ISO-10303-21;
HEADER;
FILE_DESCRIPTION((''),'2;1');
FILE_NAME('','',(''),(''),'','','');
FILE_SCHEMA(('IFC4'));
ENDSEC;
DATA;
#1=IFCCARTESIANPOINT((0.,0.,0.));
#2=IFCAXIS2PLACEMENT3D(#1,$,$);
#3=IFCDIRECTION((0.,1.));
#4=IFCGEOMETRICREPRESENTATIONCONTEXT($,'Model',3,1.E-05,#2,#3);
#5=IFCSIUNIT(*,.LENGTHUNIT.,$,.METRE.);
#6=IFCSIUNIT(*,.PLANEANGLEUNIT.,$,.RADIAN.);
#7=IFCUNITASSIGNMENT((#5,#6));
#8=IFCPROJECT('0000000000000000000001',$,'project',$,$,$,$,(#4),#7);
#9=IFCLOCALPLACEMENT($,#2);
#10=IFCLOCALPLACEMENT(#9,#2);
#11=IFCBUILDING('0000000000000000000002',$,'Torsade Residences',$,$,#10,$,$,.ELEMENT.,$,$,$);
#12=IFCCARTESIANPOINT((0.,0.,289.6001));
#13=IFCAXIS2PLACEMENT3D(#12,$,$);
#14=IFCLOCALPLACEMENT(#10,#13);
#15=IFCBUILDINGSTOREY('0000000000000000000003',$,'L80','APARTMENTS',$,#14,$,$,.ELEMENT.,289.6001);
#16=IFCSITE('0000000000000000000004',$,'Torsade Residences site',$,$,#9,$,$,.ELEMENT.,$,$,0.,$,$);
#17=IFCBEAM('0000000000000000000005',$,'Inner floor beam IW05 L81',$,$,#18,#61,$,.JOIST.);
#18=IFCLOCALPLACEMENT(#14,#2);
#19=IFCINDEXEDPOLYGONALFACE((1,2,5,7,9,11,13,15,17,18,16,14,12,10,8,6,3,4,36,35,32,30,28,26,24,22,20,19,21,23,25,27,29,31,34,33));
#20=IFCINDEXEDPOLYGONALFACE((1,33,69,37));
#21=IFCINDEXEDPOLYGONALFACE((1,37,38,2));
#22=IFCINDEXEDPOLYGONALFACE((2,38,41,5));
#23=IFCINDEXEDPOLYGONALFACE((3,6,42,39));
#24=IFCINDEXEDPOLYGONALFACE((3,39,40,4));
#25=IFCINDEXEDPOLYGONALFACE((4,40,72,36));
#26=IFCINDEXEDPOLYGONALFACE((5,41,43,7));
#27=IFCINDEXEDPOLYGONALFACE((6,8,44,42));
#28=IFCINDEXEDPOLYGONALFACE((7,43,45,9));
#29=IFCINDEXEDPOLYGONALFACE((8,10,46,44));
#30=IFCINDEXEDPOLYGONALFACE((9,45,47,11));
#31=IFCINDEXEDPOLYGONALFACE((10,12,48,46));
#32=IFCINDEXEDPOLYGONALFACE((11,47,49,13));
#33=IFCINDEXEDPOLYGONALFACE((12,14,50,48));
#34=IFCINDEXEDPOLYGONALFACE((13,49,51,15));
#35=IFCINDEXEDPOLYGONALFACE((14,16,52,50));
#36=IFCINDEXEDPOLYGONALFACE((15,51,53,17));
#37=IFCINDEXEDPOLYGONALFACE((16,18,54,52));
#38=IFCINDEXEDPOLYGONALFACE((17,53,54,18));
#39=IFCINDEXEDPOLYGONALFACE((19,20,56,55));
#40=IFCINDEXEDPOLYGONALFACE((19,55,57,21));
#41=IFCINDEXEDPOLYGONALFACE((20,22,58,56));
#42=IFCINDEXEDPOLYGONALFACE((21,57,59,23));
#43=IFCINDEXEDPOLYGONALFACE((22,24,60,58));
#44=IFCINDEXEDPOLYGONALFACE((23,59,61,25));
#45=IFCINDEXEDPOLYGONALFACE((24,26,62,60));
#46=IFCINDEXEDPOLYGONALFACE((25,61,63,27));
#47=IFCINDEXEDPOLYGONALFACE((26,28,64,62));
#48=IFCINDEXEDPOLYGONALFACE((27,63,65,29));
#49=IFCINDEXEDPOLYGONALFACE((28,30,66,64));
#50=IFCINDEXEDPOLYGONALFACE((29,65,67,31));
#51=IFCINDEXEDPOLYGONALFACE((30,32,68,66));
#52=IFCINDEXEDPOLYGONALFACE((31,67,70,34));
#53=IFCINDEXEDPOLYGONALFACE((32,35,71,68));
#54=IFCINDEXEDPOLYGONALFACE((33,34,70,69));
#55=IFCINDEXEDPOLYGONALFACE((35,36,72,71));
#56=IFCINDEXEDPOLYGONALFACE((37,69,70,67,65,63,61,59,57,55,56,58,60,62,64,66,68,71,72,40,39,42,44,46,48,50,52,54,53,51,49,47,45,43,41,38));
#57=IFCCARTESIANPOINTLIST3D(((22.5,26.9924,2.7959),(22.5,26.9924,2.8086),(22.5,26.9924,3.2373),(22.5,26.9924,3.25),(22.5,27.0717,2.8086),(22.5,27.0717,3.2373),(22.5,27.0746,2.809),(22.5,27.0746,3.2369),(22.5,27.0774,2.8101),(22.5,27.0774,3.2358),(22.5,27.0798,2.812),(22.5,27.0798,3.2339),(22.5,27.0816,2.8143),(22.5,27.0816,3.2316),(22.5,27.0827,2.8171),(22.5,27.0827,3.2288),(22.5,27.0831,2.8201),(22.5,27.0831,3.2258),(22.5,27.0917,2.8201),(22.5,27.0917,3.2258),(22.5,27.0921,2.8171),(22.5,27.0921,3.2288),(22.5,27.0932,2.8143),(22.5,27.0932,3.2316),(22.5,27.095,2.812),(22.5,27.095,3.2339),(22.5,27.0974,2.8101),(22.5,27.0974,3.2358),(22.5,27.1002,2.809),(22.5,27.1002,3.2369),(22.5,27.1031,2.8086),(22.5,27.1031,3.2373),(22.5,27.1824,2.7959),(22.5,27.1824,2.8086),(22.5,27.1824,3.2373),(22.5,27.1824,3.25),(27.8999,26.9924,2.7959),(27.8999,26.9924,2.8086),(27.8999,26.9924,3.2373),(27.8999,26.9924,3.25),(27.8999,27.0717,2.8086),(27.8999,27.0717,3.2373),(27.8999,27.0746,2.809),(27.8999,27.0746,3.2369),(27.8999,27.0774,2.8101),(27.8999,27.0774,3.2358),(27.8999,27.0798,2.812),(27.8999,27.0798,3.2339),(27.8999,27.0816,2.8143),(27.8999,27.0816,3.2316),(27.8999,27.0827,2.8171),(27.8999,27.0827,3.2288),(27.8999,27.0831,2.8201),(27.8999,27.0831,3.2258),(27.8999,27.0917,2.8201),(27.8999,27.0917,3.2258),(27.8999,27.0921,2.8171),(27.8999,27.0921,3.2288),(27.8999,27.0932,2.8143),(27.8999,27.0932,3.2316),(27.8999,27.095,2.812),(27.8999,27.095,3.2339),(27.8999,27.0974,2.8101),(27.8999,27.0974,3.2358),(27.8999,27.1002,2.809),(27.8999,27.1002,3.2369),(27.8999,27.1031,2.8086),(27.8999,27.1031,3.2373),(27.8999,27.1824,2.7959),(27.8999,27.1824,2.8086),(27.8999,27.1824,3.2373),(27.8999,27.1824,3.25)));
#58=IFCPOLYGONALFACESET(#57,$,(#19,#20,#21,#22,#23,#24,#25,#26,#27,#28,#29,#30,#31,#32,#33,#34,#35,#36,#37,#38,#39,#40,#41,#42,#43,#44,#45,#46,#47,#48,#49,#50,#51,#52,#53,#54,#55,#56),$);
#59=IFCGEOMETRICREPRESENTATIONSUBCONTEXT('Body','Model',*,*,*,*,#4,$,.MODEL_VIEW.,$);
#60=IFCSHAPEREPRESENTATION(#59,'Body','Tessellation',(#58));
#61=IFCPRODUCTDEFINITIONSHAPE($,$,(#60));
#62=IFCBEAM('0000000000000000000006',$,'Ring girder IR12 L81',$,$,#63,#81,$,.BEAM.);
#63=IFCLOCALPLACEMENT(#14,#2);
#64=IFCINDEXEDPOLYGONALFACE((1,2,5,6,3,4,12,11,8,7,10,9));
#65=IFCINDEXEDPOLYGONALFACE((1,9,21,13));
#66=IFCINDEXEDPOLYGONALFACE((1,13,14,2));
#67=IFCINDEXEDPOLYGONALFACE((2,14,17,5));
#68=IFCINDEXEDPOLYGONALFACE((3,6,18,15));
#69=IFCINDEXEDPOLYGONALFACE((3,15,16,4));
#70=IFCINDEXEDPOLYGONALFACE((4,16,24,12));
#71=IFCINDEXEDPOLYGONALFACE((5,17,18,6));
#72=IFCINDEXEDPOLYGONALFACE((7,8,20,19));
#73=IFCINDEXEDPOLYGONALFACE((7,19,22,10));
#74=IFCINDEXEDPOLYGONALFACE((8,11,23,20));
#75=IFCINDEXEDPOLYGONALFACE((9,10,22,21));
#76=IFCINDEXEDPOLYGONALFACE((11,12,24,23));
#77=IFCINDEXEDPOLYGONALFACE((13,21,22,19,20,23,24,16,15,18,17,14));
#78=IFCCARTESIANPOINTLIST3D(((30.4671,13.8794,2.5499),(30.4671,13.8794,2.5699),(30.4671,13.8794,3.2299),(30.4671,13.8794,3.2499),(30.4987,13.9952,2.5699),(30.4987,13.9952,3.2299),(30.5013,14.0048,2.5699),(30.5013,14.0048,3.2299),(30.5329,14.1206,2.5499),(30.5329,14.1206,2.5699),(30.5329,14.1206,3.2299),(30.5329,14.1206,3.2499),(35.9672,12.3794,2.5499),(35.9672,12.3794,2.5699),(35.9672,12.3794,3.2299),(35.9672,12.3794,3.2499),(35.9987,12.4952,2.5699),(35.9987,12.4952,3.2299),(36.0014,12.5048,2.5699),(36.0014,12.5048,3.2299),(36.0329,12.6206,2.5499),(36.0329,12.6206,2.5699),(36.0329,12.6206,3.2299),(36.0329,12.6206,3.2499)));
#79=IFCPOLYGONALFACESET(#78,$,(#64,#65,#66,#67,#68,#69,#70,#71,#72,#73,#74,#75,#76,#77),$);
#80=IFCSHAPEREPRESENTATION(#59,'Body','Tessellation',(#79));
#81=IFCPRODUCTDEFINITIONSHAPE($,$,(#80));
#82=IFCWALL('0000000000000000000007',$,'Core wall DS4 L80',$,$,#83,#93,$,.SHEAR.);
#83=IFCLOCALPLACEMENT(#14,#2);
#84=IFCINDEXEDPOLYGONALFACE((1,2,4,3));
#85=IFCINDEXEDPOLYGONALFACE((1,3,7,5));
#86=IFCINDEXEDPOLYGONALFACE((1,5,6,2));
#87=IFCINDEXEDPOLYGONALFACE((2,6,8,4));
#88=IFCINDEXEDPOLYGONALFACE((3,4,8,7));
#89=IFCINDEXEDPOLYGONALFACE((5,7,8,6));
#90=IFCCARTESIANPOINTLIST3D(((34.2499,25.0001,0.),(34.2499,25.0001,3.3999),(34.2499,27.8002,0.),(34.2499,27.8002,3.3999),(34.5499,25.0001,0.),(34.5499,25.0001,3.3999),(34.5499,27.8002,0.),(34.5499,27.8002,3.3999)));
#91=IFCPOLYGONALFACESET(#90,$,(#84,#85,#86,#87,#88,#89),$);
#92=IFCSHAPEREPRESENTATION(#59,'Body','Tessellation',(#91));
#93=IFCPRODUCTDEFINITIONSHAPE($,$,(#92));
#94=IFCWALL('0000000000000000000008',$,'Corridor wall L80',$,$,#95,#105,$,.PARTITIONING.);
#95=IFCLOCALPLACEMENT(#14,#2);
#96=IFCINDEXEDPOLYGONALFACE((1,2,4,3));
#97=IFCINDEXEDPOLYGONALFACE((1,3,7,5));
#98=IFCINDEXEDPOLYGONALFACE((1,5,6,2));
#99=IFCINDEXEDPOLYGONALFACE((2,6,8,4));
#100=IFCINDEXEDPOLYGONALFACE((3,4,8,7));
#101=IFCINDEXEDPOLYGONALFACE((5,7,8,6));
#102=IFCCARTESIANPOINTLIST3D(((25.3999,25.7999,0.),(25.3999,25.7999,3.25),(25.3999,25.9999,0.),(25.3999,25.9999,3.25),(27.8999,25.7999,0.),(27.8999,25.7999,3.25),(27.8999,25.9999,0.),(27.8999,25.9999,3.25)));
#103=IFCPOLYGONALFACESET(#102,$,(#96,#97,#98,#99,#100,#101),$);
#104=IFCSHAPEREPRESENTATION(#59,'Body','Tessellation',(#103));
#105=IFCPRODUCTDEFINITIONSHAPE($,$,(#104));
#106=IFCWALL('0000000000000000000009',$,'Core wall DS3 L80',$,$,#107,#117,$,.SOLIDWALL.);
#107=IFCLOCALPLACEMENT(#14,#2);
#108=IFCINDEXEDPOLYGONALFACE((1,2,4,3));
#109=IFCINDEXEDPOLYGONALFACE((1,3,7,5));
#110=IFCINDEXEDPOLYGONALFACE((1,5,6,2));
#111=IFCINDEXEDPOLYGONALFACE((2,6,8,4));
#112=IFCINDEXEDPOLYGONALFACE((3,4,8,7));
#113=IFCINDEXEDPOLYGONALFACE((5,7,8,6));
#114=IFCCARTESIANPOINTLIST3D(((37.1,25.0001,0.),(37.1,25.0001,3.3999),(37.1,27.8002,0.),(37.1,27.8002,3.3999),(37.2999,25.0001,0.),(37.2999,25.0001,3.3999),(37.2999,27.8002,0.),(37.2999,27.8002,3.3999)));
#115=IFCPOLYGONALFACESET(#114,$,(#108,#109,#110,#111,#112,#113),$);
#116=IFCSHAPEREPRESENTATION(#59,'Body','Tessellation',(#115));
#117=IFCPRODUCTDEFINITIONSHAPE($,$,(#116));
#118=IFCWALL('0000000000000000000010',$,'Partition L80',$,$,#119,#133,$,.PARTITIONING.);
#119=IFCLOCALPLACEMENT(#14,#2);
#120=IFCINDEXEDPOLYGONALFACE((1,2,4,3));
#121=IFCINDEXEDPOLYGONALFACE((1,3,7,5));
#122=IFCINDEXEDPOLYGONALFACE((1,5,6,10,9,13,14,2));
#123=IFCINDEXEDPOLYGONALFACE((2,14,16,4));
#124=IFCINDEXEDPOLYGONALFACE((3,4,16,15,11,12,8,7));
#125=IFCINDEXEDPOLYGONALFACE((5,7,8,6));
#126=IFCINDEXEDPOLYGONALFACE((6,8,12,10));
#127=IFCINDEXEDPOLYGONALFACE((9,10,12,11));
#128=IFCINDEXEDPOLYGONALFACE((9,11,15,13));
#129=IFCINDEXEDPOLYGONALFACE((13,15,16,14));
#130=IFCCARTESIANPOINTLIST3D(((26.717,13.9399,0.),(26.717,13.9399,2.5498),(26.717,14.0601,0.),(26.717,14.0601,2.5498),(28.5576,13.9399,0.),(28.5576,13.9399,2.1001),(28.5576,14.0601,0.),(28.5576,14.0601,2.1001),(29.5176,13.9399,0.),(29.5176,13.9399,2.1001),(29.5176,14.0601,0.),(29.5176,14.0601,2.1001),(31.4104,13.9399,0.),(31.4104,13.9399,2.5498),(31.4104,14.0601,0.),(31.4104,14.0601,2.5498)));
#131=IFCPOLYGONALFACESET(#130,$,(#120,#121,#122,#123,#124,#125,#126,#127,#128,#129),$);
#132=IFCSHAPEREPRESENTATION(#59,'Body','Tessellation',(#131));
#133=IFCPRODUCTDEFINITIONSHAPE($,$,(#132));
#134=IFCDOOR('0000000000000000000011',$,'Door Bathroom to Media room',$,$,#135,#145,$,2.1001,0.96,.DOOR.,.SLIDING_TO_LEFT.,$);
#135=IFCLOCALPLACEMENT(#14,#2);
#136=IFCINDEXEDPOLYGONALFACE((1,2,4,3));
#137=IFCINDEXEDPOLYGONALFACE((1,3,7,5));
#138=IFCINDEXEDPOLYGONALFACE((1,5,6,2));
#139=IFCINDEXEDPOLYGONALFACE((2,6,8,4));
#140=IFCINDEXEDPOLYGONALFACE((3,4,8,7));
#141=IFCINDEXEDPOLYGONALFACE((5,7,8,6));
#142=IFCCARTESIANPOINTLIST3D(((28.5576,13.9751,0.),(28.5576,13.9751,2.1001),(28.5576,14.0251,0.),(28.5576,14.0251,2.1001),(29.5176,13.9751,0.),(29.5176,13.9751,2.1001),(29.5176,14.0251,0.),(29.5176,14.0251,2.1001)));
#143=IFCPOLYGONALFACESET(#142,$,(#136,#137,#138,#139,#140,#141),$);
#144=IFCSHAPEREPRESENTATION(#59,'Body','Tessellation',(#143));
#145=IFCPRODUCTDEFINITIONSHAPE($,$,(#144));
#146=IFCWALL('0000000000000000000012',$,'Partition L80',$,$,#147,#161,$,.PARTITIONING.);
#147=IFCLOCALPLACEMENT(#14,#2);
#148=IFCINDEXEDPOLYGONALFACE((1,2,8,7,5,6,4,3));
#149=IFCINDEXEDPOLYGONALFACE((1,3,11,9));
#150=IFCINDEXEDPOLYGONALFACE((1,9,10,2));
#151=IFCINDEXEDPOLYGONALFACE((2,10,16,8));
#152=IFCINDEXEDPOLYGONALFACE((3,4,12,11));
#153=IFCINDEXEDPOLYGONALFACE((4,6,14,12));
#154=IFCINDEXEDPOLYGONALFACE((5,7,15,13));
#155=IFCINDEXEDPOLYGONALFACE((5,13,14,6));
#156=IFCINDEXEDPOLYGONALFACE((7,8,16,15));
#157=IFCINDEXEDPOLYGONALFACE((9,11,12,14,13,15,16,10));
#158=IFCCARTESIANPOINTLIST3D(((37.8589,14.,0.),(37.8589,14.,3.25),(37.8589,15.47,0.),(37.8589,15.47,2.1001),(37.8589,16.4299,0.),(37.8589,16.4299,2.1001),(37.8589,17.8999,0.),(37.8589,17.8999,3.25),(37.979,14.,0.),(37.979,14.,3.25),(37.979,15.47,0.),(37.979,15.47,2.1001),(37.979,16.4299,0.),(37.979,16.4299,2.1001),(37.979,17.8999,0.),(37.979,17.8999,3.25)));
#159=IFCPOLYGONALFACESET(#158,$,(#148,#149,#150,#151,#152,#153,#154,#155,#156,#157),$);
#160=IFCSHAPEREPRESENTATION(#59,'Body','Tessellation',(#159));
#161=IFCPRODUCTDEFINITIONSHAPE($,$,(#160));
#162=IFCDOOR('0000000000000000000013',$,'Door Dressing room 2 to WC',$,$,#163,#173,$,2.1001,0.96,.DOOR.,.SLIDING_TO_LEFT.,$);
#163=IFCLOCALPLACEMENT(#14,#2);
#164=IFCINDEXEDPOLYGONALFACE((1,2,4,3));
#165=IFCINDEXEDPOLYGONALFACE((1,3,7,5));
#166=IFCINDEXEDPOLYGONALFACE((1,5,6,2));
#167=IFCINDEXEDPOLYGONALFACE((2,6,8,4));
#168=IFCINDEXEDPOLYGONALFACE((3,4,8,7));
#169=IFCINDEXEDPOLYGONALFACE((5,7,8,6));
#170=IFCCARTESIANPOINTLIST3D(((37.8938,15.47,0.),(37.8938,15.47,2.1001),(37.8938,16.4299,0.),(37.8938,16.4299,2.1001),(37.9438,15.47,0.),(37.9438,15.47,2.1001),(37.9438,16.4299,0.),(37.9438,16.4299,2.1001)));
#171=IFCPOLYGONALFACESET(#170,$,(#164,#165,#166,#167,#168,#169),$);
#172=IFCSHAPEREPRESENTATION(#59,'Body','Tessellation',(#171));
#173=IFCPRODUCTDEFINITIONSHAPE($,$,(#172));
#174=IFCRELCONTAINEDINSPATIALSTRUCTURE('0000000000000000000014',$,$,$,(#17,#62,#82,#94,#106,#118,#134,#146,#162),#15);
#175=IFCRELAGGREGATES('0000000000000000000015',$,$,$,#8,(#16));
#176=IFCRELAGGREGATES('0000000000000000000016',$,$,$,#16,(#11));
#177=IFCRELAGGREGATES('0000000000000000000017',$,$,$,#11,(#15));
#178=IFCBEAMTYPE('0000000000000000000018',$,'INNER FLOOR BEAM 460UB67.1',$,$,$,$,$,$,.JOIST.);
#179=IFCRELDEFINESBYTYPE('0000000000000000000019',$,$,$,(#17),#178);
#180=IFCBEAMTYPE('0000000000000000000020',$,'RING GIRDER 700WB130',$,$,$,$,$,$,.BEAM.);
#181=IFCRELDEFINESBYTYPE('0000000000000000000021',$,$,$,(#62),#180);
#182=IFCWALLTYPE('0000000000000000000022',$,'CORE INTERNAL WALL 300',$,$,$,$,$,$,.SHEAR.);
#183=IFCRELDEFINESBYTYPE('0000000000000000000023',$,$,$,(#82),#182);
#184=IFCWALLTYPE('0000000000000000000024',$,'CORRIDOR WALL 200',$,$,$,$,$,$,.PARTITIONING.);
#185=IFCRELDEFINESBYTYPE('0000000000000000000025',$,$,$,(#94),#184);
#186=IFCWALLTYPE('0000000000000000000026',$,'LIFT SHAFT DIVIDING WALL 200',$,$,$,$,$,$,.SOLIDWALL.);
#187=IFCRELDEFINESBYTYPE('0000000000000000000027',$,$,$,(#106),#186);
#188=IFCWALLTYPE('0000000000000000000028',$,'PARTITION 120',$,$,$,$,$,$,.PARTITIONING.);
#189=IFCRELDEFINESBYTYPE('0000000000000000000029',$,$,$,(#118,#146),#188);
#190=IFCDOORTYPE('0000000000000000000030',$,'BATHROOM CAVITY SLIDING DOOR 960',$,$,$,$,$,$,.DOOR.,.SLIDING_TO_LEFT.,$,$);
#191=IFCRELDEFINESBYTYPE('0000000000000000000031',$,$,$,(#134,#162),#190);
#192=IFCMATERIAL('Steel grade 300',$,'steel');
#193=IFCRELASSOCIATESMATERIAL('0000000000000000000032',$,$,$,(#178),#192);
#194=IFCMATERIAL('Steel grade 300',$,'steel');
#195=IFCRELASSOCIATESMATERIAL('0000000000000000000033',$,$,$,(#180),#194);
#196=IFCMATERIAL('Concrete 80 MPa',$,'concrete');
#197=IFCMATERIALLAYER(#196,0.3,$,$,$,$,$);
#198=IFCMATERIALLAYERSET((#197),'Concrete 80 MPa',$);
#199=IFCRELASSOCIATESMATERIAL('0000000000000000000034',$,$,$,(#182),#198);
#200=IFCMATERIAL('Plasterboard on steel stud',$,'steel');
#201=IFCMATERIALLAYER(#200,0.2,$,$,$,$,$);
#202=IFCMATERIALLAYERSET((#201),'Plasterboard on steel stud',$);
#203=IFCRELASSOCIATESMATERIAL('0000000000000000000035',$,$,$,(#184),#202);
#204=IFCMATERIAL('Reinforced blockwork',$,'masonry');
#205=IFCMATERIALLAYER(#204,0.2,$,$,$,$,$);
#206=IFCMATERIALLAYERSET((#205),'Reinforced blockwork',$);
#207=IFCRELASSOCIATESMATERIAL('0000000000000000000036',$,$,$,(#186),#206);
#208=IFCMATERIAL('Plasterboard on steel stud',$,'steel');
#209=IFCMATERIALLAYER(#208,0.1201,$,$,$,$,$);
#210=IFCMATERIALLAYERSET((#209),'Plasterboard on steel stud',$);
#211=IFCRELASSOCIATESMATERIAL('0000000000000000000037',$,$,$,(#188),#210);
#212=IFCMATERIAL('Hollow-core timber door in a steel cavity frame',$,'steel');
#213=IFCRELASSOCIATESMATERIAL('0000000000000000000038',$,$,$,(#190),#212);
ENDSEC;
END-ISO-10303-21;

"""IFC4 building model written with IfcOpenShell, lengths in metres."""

from ifc_helpers import new_model, si_unit, direction, frame, frame_2d, origin, origin_2d, place, context, subcontext, project, spatial, rectangle, i_section, extrude, material, layer, layer_set, material_profile, profile_set, type_object, element, fill, save


model = new_model("IFC4")

# Units and contexts
model_context = context("Model", 3, precision=1e-05, world=origin(), true_north=direction((0.0, 1.0)))
body_context = subcontext(model_context, "Body", "Model", "MODEL_VIEW")
ifc_project = project(units=[si_unit("LENGTHUNIT", "METRE"), si_unit("PLANEANGLEUNIT", "RADIAN")], contexts=[model_context])

# Site, building, storey
site_placement = place(None, origin())
site = spatial("IfcSite", under=ifc_project, at=site_placement, Name="Torsade Residences site", CompositionType="ELEMENT", RefElevation=0.0)
building_placement = place(site_placement, origin())
building = spatial("IfcBuilding", under=site, at=building_placement, Name="Torsade Residences", CompositionType="ELEMENT")
storey_placement = place(building_placement, frame((0.0, 0.0, 289.6001)))
storey = spatial("IfcBuildingStorey", under=building, at=storey_placement, Name="L80", Description="APARTMENTS", CompositionType="ELEMENT", Elevation=289.6001)

# Beams
ifc_material_1 = material(Name="Steel grade 300", Category="steel")
ifc_material_profile_1 = material_profile(ifc_material_1, i_section(OverallWidth=0.1899, OverallDepth=0.4541, WebThickness=0.0085, FlangeThickness=0.0127, FilletRadius=0.0115, at=origin_2d()), Name="460UB67.1")
ifc_profile_set_1 = profile_set([ifc_material_profile_1], Name="Steel grade 300")
beam_type_1 = type_object("IfcBeamType", Name="INNER FLOOR BEAM 460UB67.1", PredefinedType="JOIST", material=ifc_profile_set_1)
beam_1_placement = place(storey_placement, frame((27.8999, 27.0874, 3.0229), z_axis=(-1.0, 0.0, 0.0), x_axis=(0.0, -1.0, 0.0)))
element("IfcBeam", 1, at=beam_1_placement, inside=storey, type_object=beam_type_1, Name="Inner floor beam IW05 L81", PredefinedType="JOIST", context=body_context, shape_type="SweptSolid", body=[
    extrude(i_section(OverallWidth=0.1899, OverallDepth=0.4541, WebThickness=0.0085, FlangeThickness=0.0127, FilletRadius=0.0115, at=origin_2d()), origin(), (0.0, 0.0, 1.0), 5.3999),
])
ifc_material_2 = material(Name="Steel grade 300", Category="steel")
ifc_material_profile_2 = material_profile(ifc_material_2, i_section(OverallWidth=0.25, OverallDepth=0.7, WebThickness=0.01, FlangeThickness=0.02, at=origin_2d()), Name="700WB130")
ifc_profile_set_2 = profile_set([ifc_material_profile_2], Name="Steel grade 300")
beam_type_2 = type_object("IfcBeamType", Name="RING GIRDER 700WB130", PredefinedType="BEAM", material=ifc_profile_set_2)
beam_2_placement = place(storey_placement, frame((30.5, 14.0, 2.8999), z_axis=(0.964764, -0.263117, 0.0), x_axis=(0.263117, 0.964764, 0.0)))
element("IfcBeam", 2, at=beam_2_placement, inside=storey, type_object=beam_type_2, Name="Ring girder IR12 L81", PredefinedType="BEAM", context=body_context, shape_type="SweptSolid", body=[
    extrude(i_section(OverallWidth=0.25, OverallDepth=0.7, WebThickness=0.01, FlangeThickness=0.02, at=origin_2d()), origin(), (0.0, 0.0, 1.0), 5.7009),
])

# Walls
ifc_material_3 = material(Name="Concrete 80 MPa", Category="concrete")
ifc_layer_1 = layer(ifc_material_3, 0.3)
ifc_layer_set_1 = layer_set([ifc_layer_1], Name="Concrete 80 MPa")
wall_type_1 = type_object("IfcWallType", Name="CORE INTERNAL WALL 300", PredefinedType="SHEAR", material=ifc_layer_set_1)
wall_1_placement = place(storey_placement, frame((34.3999, 27.8, 0.0), z_axis=(0.0, 0.0, 1.0), x_axis=(0.0, -1.0, 0.0)))
element("IfcWall", 3, at=wall_1_placement, inside=storey, type_object=wall_type_1, Name="Core wall DS4 L80", PredefinedType="SHEAR", context=body_context, shape_type="SweptSolid", body=[
    extrude(rectangle(XDim=2.8, YDim=0.3, at=frame_2d((1.3999, 0.0))), origin(), (0.0, 0.0, 1.0), 3.3999),
])
ifc_material_4 = material(Name="Plasterboard on steel stud", Category="steel")
ifc_layer_2 = layer(ifc_material_4, 0.2)
ifc_layer_set_2 = layer_set([ifc_layer_2], Name="Plasterboard on steel stud")
wall_type_2 = type_object("IfcWallType", Name="CORRIDOR WALL 200", PredefinedType="PARTITIONING", material=ifc_layer_set_2)
wall_2_placement = place(storey_placement, frame((27.8999, 25.8999, 0.0), z_axis=(0.0, 0.0, 1.0), x_axis=(-1.0, 0.0, 0.0)))
element("IfcWall", 4, at=wall_2_placement, inside=storey, type_object=wall_type_2, Name="Corridor wall L80", PredefinedType="PARTITIONING", context=body_context, shape_type="SweptSolid", body=[
    extrude(rectangle(XDim=2.5, YDim=0.2, at=frame_2d((1.25, 0.0))), origin(), (0.0, 0.0, 1.0), 3.25),
])
ifc_material_5 = material(Name="Reinforced blockwork", Category="masonry")
ifc_layer_3 = layer(ifc_material_5, 0.2)
ifc_layer_set_3 = layer_set([ifc_layer_3], Name="Reinforced blockwork")
wall_type_3 = type_object("IfcWallType", Name="LIFT SHAFT DIVIDING WALL 200", PredefinedType="SOLIDWALL", material=ifc_layer_set_3)
wall_3_placement = place(storey_placement, frame((37.2, 27.8, 0.0), z_axis=(0.0, 0.0, 1.0), x_axis=(0.0, -1.0, 0.0)))
element("IfcWall", 5, at=wall_3_placement, inside=storey, type_object=wall_type_3, Name="Core wall DS3 L80", PredefinedType="SOLIDWALL", context=body_context, shape_type="SweptSolid", body=[
    extrude(rectangle(XDim=2.8, YDim=0.2, at=frame_2d((1.3999, 0.0))), origin(), (0.0, 0.0, 1.0), 3.3999),
])

# Walls, openings, doors
ifc_material_6 = material(Name="Plasterboard on steel stud", Category="steel")
ifc_layer_4 = layer(ifc_material_6, 0.1201)
ifc_layer_set_4 = layer_set([ifc_layer_4], Name="Plasterboard on steel stud")
wall_type_4 = type_object("IfcWallType", Name="PARTITION 120", PredefinedType="PARTITIONING", material=ifc_layer_set_4)
wall_4_placement = place(storey_placement, frame((31.4104, 14.0, 0.0), z_axis=(0.0, 0.0, 1.0), x_axis=(-1.0, 0.0, 0.0)))
wall_4 = element("IfcWall", 6, at=wall_4_placement, inside=storey, type_object=wall_type_4, Name="Partition L80", PredefinedType="PARTITIONING", context=body_context, shape_type="SweptSolid", body=[
    extrude(rectangle(XDim=4.6934, YDim=0.1201, at=frame_2d((2.3467, 0.0))), origin(), (0.0, 0.0, 1.0), 2.5498),
])
opening_1_placement = place(wall_4_placement, frame((1.8928, 0.0, 0.0)))
opening_1 = element("IfcOpeningElement", 7, at=opening_1_placement, cuts=wall_4, PredefinedType="OPENING", context=body_context, shape_type="SweptSolid", body=[
    extrude(rectangle(XDim=0.96, YDim=2.1001, at=frame_2d((0.48, 1.05))), frame((0.0, 0.0701, 0.0), z_axis=(0.0, -1.0, 0.0), x_axis=(1.0, 0.0, 0.0)), (0.0, 0.0, 1.0), 0.1401),
])
ifc_material_7 = material(Name="Hollow-core timber door in a steel cavity frame", Category="steel")
door_type_1 = type_object("IfcDoorType", Name="BATHROOM CAVITY SLIDING DOOR 960", OperationType="SLIDING_TO_LEFT", PredefinedType="DOOR", material=ifc_material_7)
door_1_placement = place(opening_1_placement, origin())
door_1 = element("IfcDoor", 8, at=door_1_placement, inside=storey, type_object=door_type_1, Name="Door Bathroom to Media room", OperationType="SLIDING_TO_LEFT", OverallHeight=2.1001, OverallWidth=0.96, PredefinedType="DOOR", context=body_context, shape_type="SweptSolid", body=[
    extrude(rectangle(XDim=0.96, YDim=2.1001, at=frame_2d((0.48, 1.05))), frame((0.0, 0.0249, 0.0), z_axis=(0.0, -1.0, 0.0), x_axis=(1.0, 0.0, 0.0)), (0.0, 0.0, 1.0), 0.05),
])
fill(opening_1, door_1)
wall_5_placement = place(storey_placement, frame((37.9189, 17.8999, 0.0), z_axis=(0.0, 0.0, 1.0), x_axis=(0.0, -1.0, 0.0)))
wall_5 = element("IfcWall", 9, at=wall_5_placement, inside=storey, type_object=wall_type_4, Name="Partition L80", PredefinedType="PARTITIONING", context=body_context, shape_type="SweptSolid", body=[
    extrude(rectangle(XDim=3.8999, YDim=0.1201, at=frame_2d((1.95, 0.0))), origin(), (0.0, 0.0, 1.0), 3.25),
])
opening_2_placement = place(wall_5_placement, frame((1.47, 0.0, 0.0)))
opening_2 = element("IfcOpeningElement", 10, at=opening_2_placement, cuts=wall_5, PredefinedType="OPENING", context=body_context, shape_type="SweptSolid", body=[
    extrude(rectangle(XDim=0.96, YDim=2.1001, at=frame_2d((0.48, 1.05))), frame((0.0, 0.0701, 0.0), z_axis=(0.0, -1.0, 0.0), x_axis=(1.0, 0.0, 0.0)), (0.0, 0.0, 1.0), 0.1401),
])
door_2_placement = place(opening_2_placement, origin())
door_2 = element("IfcDoor", 11, at=door_2_placement, inside=storey, type_object=door_type_1, Name="Door Dressing room 2 to WC", OperationType="SLIDING_TO_LEFT", OverallHeight=2.1001, OverallWidth=0.96, PredefinedType="DOOR", context=body_context, shape_type="SweptSolid", body=[
    extrude(rectangle(XDim=0.96, YDim=2.1001, at=frame_2d((0.48, 1.05))), frame((0.0, 0.0249, 0.0), z_axis=(0.0, -1.0, 0.0), x_axis=(1.0, 0.0, 0.0)), (0.0, 0.0, 1.0), 0.05),
])
fill(opening_2, door_2)

save(model, "model.ifc")
